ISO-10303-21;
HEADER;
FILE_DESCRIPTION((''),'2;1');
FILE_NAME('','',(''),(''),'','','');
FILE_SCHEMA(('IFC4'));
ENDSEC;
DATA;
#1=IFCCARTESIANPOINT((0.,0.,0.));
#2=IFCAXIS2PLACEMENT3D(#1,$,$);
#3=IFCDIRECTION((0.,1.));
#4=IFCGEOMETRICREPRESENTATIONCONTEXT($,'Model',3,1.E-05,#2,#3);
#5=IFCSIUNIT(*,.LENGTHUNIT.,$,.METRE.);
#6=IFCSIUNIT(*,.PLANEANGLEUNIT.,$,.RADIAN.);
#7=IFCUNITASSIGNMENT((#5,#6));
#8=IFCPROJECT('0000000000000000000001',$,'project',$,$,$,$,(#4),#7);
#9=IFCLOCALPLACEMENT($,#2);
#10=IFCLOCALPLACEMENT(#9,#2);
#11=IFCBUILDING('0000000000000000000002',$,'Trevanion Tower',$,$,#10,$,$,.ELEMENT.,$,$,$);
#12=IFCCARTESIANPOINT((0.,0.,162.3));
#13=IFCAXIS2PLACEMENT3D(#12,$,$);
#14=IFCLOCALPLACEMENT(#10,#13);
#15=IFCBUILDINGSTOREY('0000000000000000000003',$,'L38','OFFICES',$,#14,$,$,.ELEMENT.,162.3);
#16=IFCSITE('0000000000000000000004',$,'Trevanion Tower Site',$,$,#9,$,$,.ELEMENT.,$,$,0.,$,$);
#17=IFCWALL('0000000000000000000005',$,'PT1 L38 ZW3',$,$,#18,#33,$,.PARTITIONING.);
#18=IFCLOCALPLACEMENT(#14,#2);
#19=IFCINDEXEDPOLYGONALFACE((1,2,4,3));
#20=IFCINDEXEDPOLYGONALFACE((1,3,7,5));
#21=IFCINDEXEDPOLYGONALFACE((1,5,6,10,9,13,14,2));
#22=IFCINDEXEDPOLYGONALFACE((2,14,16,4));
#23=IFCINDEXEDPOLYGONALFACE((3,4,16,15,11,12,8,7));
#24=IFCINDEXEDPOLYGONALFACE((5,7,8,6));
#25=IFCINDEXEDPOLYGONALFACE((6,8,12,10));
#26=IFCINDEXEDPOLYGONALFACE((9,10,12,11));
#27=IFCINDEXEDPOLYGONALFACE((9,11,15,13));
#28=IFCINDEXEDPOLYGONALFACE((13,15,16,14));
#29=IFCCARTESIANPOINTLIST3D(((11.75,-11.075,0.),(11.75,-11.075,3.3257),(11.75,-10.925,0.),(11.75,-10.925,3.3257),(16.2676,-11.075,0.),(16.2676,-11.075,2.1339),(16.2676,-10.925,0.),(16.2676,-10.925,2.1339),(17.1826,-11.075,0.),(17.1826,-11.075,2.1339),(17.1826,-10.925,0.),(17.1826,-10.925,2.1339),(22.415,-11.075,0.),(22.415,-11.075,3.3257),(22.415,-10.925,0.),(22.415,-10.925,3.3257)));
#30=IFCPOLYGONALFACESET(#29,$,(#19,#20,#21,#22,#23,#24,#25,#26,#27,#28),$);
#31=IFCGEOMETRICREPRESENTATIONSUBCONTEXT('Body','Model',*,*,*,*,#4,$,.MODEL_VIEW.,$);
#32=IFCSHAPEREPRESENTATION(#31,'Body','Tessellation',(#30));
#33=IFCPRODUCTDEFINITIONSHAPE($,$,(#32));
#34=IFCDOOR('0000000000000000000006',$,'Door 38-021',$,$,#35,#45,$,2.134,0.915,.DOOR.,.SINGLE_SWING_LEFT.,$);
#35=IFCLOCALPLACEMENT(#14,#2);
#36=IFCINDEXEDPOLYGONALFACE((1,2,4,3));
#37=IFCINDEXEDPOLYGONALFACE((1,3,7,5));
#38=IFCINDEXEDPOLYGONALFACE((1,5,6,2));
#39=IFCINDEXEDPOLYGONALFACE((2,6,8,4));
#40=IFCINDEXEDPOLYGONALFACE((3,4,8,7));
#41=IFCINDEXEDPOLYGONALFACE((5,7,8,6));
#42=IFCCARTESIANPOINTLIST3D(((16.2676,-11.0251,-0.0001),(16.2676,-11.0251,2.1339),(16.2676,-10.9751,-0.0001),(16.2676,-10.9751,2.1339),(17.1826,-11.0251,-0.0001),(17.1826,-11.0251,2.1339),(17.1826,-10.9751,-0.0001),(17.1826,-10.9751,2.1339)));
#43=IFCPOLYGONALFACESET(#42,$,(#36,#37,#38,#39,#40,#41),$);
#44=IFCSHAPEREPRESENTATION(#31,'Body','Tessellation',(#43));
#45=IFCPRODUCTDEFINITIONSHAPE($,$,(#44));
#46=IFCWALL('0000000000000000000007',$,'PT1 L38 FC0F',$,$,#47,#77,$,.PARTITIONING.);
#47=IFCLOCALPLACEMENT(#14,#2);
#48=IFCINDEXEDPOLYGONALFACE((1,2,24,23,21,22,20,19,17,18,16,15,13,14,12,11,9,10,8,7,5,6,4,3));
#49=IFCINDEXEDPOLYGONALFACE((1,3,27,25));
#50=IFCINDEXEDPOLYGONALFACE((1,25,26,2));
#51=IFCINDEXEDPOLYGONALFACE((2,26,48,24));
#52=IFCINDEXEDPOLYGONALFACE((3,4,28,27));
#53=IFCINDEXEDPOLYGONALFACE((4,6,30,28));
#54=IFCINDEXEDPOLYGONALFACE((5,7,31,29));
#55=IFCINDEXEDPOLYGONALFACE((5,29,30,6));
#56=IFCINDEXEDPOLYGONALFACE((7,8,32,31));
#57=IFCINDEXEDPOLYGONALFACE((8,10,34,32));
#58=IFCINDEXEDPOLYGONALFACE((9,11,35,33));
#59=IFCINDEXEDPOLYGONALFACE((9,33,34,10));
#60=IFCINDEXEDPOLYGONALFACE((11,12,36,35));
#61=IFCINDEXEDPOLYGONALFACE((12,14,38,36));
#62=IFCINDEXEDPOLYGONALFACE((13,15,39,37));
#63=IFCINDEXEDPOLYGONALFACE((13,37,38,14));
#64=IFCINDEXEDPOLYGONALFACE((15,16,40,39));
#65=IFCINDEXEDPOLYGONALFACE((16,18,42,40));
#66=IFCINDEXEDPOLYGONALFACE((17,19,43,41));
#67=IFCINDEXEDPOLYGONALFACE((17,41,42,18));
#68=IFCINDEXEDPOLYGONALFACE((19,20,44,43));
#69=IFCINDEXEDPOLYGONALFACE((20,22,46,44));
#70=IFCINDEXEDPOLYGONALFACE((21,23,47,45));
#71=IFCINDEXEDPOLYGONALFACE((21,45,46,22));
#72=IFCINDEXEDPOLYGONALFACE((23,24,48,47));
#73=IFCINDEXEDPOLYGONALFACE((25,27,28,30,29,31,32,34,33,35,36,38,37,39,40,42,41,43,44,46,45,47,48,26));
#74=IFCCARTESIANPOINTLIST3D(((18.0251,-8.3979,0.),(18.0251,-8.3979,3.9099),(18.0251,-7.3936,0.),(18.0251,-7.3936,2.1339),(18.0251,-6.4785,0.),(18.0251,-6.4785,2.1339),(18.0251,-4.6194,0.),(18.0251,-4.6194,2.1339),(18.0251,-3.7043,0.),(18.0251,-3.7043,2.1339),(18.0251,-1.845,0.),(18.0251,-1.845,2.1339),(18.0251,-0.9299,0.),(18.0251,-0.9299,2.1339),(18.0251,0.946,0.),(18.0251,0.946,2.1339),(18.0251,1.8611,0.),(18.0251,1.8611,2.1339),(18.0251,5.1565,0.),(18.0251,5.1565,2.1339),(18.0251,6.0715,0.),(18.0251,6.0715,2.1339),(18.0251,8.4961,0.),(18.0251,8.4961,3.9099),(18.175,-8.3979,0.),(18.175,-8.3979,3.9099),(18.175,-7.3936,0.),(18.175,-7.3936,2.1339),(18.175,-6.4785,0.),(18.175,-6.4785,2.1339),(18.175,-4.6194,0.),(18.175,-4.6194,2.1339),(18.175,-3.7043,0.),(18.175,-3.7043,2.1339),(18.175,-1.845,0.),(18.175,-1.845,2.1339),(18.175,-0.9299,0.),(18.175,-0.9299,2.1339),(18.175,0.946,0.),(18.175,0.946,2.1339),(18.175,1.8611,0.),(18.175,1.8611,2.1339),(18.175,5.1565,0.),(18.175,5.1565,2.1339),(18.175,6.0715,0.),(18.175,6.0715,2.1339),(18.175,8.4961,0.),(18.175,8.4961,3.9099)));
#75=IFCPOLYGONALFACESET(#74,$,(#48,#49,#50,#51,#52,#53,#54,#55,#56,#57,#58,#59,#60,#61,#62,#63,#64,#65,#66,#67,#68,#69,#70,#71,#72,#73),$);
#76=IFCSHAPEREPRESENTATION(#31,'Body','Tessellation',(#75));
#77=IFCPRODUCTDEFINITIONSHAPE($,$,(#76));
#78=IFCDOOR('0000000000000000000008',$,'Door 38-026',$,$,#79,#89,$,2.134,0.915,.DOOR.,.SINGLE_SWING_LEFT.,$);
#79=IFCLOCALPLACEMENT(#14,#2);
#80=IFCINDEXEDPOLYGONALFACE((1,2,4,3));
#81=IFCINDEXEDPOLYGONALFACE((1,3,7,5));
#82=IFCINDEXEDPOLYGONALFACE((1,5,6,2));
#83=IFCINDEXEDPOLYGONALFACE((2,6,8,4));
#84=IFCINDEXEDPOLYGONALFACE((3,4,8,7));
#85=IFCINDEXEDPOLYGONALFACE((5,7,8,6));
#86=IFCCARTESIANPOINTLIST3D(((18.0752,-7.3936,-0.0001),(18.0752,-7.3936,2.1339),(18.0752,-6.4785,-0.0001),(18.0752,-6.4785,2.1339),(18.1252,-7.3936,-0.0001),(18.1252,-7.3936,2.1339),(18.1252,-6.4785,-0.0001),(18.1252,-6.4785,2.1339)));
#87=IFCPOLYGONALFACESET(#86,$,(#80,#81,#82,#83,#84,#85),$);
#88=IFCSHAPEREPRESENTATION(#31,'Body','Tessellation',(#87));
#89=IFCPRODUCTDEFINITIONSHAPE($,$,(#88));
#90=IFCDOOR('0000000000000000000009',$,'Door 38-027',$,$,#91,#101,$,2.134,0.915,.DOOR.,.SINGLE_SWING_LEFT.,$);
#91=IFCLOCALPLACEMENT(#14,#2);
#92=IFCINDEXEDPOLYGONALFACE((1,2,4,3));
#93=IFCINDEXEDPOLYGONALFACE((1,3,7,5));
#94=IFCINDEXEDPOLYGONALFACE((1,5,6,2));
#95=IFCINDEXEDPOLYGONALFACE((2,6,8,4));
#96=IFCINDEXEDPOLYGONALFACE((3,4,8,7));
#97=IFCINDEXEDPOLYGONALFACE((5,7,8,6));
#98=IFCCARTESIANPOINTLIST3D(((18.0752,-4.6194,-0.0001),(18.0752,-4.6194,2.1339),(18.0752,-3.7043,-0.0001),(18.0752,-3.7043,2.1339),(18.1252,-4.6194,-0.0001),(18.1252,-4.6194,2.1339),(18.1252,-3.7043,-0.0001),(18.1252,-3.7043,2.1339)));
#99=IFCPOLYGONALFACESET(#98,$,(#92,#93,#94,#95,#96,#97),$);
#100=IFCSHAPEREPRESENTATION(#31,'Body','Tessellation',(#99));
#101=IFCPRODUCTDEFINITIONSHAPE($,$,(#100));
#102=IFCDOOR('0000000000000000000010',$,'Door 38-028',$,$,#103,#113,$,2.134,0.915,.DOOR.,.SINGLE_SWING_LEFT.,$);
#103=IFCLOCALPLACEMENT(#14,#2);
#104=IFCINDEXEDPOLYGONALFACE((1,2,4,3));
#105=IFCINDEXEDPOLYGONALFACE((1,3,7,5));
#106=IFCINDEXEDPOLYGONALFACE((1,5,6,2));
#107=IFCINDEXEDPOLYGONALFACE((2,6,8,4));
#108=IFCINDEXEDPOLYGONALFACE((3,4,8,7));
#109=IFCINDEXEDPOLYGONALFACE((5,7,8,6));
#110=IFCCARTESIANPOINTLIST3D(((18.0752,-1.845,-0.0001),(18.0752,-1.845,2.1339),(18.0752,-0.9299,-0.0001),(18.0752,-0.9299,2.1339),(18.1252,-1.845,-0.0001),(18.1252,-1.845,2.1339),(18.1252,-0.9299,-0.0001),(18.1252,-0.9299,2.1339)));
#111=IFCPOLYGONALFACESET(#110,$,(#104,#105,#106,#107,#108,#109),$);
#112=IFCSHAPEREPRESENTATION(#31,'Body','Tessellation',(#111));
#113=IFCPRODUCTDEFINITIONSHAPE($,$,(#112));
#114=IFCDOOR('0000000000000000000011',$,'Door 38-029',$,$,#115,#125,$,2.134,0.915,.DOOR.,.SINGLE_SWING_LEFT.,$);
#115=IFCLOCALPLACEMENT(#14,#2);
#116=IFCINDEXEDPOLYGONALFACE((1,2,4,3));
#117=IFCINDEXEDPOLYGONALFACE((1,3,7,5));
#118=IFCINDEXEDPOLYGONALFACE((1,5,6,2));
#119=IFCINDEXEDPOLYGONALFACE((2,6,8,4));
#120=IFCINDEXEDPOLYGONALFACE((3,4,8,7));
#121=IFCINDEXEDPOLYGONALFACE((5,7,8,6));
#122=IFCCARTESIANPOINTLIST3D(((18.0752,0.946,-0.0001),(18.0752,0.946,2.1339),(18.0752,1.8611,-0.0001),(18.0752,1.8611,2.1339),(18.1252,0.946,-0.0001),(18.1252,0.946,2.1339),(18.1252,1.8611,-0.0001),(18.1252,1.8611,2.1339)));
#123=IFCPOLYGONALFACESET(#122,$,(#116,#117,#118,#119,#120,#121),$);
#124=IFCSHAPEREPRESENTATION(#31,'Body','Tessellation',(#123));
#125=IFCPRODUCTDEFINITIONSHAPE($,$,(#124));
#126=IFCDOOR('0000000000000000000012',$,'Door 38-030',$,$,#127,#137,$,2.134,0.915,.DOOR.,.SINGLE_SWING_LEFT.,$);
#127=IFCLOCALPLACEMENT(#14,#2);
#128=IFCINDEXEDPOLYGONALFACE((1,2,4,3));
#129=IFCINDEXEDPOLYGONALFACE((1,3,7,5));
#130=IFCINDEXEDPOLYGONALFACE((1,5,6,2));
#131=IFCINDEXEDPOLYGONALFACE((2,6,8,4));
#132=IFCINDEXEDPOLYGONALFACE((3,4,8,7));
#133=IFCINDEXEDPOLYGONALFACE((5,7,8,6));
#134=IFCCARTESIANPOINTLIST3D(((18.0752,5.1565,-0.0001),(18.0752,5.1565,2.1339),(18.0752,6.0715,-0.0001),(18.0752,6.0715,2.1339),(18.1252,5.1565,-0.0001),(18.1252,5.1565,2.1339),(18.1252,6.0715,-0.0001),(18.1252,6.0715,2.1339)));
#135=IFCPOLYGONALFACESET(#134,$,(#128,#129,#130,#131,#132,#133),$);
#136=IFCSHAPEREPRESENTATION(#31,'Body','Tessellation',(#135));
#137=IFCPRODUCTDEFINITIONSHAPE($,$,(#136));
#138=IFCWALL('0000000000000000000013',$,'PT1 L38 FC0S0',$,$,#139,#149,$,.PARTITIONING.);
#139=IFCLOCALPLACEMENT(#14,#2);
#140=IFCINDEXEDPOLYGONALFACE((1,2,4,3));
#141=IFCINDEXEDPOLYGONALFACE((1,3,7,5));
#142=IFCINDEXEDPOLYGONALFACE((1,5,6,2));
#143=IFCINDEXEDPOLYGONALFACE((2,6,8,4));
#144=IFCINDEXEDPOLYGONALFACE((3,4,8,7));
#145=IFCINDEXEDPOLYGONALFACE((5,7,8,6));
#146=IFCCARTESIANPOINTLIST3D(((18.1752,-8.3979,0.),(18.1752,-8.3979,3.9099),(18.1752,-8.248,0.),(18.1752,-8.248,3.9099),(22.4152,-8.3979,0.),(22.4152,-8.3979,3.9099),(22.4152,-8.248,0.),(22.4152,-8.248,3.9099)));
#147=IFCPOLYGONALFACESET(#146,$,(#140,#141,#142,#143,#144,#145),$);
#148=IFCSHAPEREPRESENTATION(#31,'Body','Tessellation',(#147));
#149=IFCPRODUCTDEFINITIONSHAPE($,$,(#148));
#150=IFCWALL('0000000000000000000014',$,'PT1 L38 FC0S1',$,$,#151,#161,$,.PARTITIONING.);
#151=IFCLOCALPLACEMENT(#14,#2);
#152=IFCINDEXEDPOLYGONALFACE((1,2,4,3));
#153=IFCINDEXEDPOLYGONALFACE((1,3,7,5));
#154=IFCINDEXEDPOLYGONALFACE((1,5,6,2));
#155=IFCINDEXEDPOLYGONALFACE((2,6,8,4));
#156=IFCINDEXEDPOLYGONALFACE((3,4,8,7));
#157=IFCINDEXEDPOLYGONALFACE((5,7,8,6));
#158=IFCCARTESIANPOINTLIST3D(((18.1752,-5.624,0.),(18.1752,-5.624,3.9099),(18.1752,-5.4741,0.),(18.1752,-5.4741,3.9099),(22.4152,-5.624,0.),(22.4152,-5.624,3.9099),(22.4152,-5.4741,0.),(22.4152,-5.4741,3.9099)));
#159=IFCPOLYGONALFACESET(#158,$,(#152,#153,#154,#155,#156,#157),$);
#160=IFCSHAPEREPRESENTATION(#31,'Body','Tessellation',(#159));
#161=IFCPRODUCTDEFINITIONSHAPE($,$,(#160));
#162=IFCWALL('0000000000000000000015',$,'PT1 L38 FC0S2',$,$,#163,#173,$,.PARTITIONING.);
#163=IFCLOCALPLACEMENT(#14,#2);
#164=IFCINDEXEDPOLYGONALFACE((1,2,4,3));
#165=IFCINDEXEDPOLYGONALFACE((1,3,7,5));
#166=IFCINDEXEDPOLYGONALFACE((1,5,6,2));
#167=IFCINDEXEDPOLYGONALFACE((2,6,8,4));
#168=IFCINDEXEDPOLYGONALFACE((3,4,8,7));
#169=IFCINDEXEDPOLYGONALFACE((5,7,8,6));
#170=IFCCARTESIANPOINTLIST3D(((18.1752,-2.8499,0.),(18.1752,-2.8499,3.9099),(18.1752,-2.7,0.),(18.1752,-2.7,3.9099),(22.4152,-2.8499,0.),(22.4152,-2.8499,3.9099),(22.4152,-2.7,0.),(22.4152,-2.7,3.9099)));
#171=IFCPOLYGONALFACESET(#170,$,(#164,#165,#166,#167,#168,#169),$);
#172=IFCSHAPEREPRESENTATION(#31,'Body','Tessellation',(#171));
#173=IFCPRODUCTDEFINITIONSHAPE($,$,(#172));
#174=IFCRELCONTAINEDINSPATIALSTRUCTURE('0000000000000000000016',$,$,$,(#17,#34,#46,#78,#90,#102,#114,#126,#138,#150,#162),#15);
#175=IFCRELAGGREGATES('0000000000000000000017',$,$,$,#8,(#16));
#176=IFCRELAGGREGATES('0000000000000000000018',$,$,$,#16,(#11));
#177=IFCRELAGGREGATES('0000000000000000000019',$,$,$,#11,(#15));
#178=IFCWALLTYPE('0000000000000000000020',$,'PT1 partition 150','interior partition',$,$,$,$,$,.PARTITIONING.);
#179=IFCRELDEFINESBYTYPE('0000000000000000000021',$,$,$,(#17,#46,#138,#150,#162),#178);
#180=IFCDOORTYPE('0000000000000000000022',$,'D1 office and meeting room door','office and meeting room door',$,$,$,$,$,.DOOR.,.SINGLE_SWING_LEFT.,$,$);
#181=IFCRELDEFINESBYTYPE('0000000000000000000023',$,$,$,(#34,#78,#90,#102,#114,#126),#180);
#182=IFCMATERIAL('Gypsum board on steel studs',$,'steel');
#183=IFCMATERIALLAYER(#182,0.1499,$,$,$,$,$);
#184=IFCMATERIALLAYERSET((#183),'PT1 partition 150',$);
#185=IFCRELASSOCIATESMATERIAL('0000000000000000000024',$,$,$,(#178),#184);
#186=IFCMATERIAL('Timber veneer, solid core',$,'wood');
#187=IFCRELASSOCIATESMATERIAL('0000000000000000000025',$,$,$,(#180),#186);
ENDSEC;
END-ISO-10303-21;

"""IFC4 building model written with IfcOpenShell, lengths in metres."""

from ifc_helpers import new_model, si_unit, direction, frame, frame_2d, origin, place, context, subcontext, project, spatial, rectangle, extrude, material, layer, layer_set, type_object, element, fill, save


model = new_model("IFC4")

# Units and contexts
model_context = context("Model", 3, precision=1e-05, world=origin(), true_north=direction((0.0, 1.0)))
body_context = subcontext(model_context, "Body", "Model", "MODEL_VIEW")
ifc_project = project(units=[si_unit("LENGTHUNIT", "METRE"), si_unit("PLANEANGLEUNIT", "RADIAN")], contexts=[model_context])

# Site, building, storey
site_placement = place(None, origin())
site = spatial("IfcSite", under=ifc_project, at=site_placement, Name="Trevanion Tower Site", CompositionType="ELEMENT", RefElevation=0.0)
building_placement = place(site_placement, origin())
building = spatial("IfcBuilding", under=site, at=building_placement, Name="Trevanion Tower", CompositionType="ELEMENT")
storey_placement = place(building_placement, frame((0.0, 0.0, 162.3)))
storey = spatial("IfcBuildingStorey", under=building, at=storey_placement, Name="L38", Description="OFFICES", CompositionType="ELEMENT", Elevation=162.3)

# Wall, opening, door
ifc_material_1 = material(Name="Gypsum board on steel studs", Category="steel")
ifc_layer_1 = layer(ifc_material_1, 0.1499)
ifc_layer_set_1 = layer_set([ifc_layer_1], Name="PT1 partition 150")
wall_type = type_object("IfcWallType", Name="PT1 partition 150", Description="interior partition", PredefinedType="PARTITIONING", material=ifc_layer_set_1)
wall_1_placement = place(storey_placement, frame((11.75, -11.0, 0.0), z_axis=(0.0, 0.0, 1.0), x_axis=(1.0, 0.0, 0.0)))
wall_1 = element("IfcWall", 1, at=wall_1_placement, inside=storey, type_object=wall_type, Name="PT1 L38 ZW3", PredefinedType="PARTITIONING", context=body_context, shape_type="SweptSolid", body=[
    extrude(rectangle(XDim=10.665, YDim=0.1499, at=frame_2d((5.3325, 0.0))), origin(), (0.0, 0.0, 1.0), 3.3257),
])
opening_1_placement = place(wall_1_placement, frame((4.5176, 0.0, 0.0)))
opening_1 = element("IfcOpeningElement", 2, at=opening_1_placement, cuts=wall_1, PredefinedType="OPENING", context=body_context, shape_type="SweptSolid", body=[
    extrude(rectangle(XDim=0.915, YDim=2.134, at=frame_2d((0.4575, 1.0669))), frame((0.0, 0.085, 0.0), z_axis=(0.0, -1.0, 0.0), x_axis=(1.0, 0.0, 0.0)), (0.0, 0.0, 1.0), 0.1699),
])
ifc_material_2 = material(Name="Timber veneer, solid core", Category="wood")
door_type = type_object("IfcDoorType", Name="D1 office and meeting room door", Description="office and meeting room door", OperationType="SINGLE_SWING_LEFT", PredefinedType="DOOR", material=ifc_material_2)
door_1_placement = place(opening_1_placement, origin())
door_1 = element("IfcDoor", 3, at=door_1_placement, inside=storey, type_object=door_type, Name="Door 38-021", OperationType="SINGLE_SWING_LEFT", OverallHeight=2.134, OverallWidth=0.915, PredefinedType="DOOR", context=body_context, shape_type="SweptSolid", body=[
    extrude(rectangle(XDim=0.915, YDim=2.134, at=frame_2d((0.4575, 1.0669))), frame((0.0, 0.0249, 0.0), z_axis=(0.0, -1.0, 0.0), x_axis=(1.0, 0.0, 0.0)), (0.0, 0.0, 1.0), 0.05),
])
fill(opening_1, door_1)

# Wall, openings, doors
wall_2_placement = place(storey_placement, frame((18.1001, -8.3979, 0.0), z_axis=(0.0, 0.0, 1.0), x_axis=(0.0, 1.0, 0.0)))
wall_2 = element("IfcWall", 4, at=wall_2_placement, inside=storey, type_object=wall_type, Name="PT1 L38 FC0F", PredefinedType="PARTITIONING", context=body_context, shape_type="SweptSolid", body=[
    extrude(rectangle(XDim=16.894, YDim=0.1499, at=frame_2d((8.447, 0.0))), origin(), (0.0, 0.0, 1.0), 3.9099),
])
opening_2_placement = place(wall_2_placement, frame((1.0044, 0.0, 0.0)))
opening_2 = element("IfcOpeningElement", 5, at=opening_2_placement, cuts=wall_2, PredefinedType="OPENING", context=body_context, shape_type="SweptSolid", body=[
    extrude(rectangle(XDim=0.915, YDim=2.134, at=frame_2d((0.4575, 1.0669))), frame((0.0, 0.085, 0.0), z_axis=(0.0, -1.0, 0.0), x_axis=(1.0, 0.0, 0.0)), (0.0, 0.0, 1.0), 0.1699),
])
opening_3_placement = place(wall_2_placement, frame((3.7786, 0.0, 0.0)))
opening_3 = element("IfcOpeningElement", 6, at=opening_3_placement, cuts=wall_2, PredefinedType="OPENING", context=body_context, shape_type="SweptSolid", body=[
    extrude(rectangle(XDim=0.915, YDim=2.134, at=frame_2d((0.4575, 1.0669))), frame((0.0, 0.085, 0.0), z_axis=(0.0, -1.0, 0.0), x_axis=(1.0, 0.0, 0.0)), (0.0, 0.0, 1.0), 0.1699),
])
opening_4_placement = place(wall_2_placement, frame((6.553, 0.0, 0.0)))
opening_4 = element("IfcOpeningElement", 7, at=opening_4_placement, cuts=wall_2, PredefinedType="OPENING", context=body_context, shape_type="SweptSolid", body=[
    extrude(rectangle(XDim=0.915, YDim=2.134, at=frame_2d((0.4575, 1.0669))), frame((0.0, 0.085, 0.0), z_axis=(0.0, -1.0, 0.0), x_axis=(1.0, 0.0, 0.0)), (0.0, 0.0, 1.0), 0.1699),
])
opening_5_placement = place(wall_2_placement, frame((9.344, 0.0, 0.0)))
opening_5 = element("IfcOpeningElement", 8, at=opening_5_placement, cuts=wall_2, PredefinedType="OPENING", context=body_context, shape_type="SweptSolid", body=[
    extrude(rectangle(XDim=0.915, YDim=2.134, at=frame_2d((0.4575, 1.0669))), frame((0.0, 0.085, 0.0), z_axis=(0.0, -1.0, 0.0), x_axis=(1.0, 0.0, 0.0)), (0.0, 0.0, 1.0), 0.1699),
])
opening_6_placement = place(wall_2_placement, frame((13.5544, 0.0, 0.0)))
opening_6 = element("IfcOpeningElement", 9, at=opening_6_placement, cuts=wall_2, PredefinedType="OPENING", context=body_context, shape_type="SweptSolid", body=[
    extrude(rectangle(XDim=0.915, YDim=2.134, at=frame_2d((0.4575, 1.0669))), frame((0.0, 0.085, 0.0), z_axis=(0.0, -1.0, 0.0), x_axis=(1.0, 0.0, 0.0)), (0.0, 0.0, 1.0), 0.1699),
])
door_2_placement = place(opening_2_placement, origin())
door_2 = element("IfcDoor", 10, at=door_2_placement, inside=storey, type_object=door_type, Name="Door 38-026", OperationType="SINGLE_SWING_LEFT", OverallHeight=2.134, OverallWidth=0.915, PredefinedType="DOOR", context=body_context, shape_type="SweptSolid", body=[
    extrude(rectangle(XDim=0.915, YDim=2.134, at=frame_2d((0.4575, 1.0669))), frame((0.0, 0.0249, 0.0), z_axis=(0.0, -1.0, 0.0), x_axis=(1.0, 0.0, 0.0)), (0.0, 0.0, 1.0), 0.05),
])
fill(opening_2, door_2)
door_3_placement = place(opening_3_placement, origin())
door_3 = element("IfcDoor", 11, at=door_3_placement, inside=storey, type_object=door_type, Name="Door 38-027", OperationType="SINGLE_SWING_LEFT", OverallHeight=2.134, OverallWidth=0.915, PredefinedType="DOOR", context=body_context, shape_type="SweptSolid", body=[
    extrude(rectangle(XDim=0.915, YDim=2.134, at=frame_2d((0.4575, 1.0669))), frame((0.0, 0.0249, 0.0), z_axis=(0.0, -1.0, 0.0), x_axis=(1.0, 0.0, 0.0)), (0.0, 0.0, 1.0), 0.05),
])
fill(opening_3, door_3)
door_4_placement = place(opening_4_placement, origin())
door_4 = element("IfcDoor", 12, at=door_4_placement, inside=storey, type_object=door_type, Name="Door 38-028", OperationType="SINGLE_SWING_LEFT", OverallHeight=2.134, OverallWidth=0.915, PredefinedType="DOOR", context=body_context, shape_type="SweptSolid", body=[
    extrude(rectangle(XDim=0.915, YDim=2.134, at=frame_2d((0.4575, 1.0669))), frame((0.0, 0.0249, 0.0), z_axis=(0.0, -1.0, 0.0), x_axis=(1.0, 0.0, 0.0)), (0.0, 0.0, 1.0), 0.05),
])
fill(opening_4, door_4)
door_5_placement = place(opening_5_placement, origin())
door_5 = element("IfcDoor", 13, at=door_5_placement, inside=storey, type_object=door_type, Name="Door 38-029", OperationType="SINGLE_SWING_LEFT", OverallHeight=2.134, OverallWidth=0.915, PredefinedType="DOOR", context=body_context, shape_type="SweptSolid", body=[
    extrude(rectangle(XDim=0.915, YDim=2.134, at=frame_2d((0.4575, 1.0669))), frame((0.0, 0.0249, 0.0), z_axis=(0.0, -1.0, 0.0), x_axis=(1.0, 0.0, 0.0)), (0.0, 0.0, 1.0), 0.05),
])
fill(opening_5, door_5)
door_6_placement = place(opening_6_placement, origin())
door_6 = element("IfcDoor", 14, at=door_6_placement, inside=storey, type_object=door_type, Name="Door 38-030", OperationType="SINGLE_SWING_LEFT", OverallHeight=2.134, OverallWidth=0.915, PredefinedType="DOOR", context=body_context, shape_type="SweptSolid", body=[
    extrude(rectangle(XDim=0.915, YDim=2.134, at=frame_2d((0.4575, 1.0669))), frame((0.0, 0.0249, 0.0), z_axis=(0.0, -1.0, 0.0), x_axis=(1.0, 0.0, 0.0)), (0.0, 0.0, 1.0), 0.05),
])
fill(opening_6, door_6)

# Walls
for number, where, z_axis, x_axis, name in (
    (15, (18.175, -8.323, 0.0), (0.0, 0.0, 1.0), (1.0, 0.0, 0.0), "PT1 L38 FC0S0"),
    (16, (18.175, -5.5491, 0.0), (0.0, 0.0, 1.0), (1.0, 0.0, 0.0), "PT1 L38 FC0S1"),
    (17, (18.175, -2.7749, 0.0), (0.0, 0.0, 1.0), (1.0, 0.0, 0.0), "PT1 L38 FC0S2"),
):
    element("IfcWall", number, at=place(storey_placement, frame(where, z_axis=z_axis, x_axis=x_axis)), inside=storey, type_object=wall_type, Name=name, PredefinedType="PARTITIONING", context=body_context, shape_type="SweptSolid", body=[
        extrude(rectangle(XDim=4.24, YDim=0.1499, at=frame_2d((2.1201, 0.0))), origin(), (0.0, 0.0, 1.0), 3.9099),
    ])

save(model, "model.ifc")
